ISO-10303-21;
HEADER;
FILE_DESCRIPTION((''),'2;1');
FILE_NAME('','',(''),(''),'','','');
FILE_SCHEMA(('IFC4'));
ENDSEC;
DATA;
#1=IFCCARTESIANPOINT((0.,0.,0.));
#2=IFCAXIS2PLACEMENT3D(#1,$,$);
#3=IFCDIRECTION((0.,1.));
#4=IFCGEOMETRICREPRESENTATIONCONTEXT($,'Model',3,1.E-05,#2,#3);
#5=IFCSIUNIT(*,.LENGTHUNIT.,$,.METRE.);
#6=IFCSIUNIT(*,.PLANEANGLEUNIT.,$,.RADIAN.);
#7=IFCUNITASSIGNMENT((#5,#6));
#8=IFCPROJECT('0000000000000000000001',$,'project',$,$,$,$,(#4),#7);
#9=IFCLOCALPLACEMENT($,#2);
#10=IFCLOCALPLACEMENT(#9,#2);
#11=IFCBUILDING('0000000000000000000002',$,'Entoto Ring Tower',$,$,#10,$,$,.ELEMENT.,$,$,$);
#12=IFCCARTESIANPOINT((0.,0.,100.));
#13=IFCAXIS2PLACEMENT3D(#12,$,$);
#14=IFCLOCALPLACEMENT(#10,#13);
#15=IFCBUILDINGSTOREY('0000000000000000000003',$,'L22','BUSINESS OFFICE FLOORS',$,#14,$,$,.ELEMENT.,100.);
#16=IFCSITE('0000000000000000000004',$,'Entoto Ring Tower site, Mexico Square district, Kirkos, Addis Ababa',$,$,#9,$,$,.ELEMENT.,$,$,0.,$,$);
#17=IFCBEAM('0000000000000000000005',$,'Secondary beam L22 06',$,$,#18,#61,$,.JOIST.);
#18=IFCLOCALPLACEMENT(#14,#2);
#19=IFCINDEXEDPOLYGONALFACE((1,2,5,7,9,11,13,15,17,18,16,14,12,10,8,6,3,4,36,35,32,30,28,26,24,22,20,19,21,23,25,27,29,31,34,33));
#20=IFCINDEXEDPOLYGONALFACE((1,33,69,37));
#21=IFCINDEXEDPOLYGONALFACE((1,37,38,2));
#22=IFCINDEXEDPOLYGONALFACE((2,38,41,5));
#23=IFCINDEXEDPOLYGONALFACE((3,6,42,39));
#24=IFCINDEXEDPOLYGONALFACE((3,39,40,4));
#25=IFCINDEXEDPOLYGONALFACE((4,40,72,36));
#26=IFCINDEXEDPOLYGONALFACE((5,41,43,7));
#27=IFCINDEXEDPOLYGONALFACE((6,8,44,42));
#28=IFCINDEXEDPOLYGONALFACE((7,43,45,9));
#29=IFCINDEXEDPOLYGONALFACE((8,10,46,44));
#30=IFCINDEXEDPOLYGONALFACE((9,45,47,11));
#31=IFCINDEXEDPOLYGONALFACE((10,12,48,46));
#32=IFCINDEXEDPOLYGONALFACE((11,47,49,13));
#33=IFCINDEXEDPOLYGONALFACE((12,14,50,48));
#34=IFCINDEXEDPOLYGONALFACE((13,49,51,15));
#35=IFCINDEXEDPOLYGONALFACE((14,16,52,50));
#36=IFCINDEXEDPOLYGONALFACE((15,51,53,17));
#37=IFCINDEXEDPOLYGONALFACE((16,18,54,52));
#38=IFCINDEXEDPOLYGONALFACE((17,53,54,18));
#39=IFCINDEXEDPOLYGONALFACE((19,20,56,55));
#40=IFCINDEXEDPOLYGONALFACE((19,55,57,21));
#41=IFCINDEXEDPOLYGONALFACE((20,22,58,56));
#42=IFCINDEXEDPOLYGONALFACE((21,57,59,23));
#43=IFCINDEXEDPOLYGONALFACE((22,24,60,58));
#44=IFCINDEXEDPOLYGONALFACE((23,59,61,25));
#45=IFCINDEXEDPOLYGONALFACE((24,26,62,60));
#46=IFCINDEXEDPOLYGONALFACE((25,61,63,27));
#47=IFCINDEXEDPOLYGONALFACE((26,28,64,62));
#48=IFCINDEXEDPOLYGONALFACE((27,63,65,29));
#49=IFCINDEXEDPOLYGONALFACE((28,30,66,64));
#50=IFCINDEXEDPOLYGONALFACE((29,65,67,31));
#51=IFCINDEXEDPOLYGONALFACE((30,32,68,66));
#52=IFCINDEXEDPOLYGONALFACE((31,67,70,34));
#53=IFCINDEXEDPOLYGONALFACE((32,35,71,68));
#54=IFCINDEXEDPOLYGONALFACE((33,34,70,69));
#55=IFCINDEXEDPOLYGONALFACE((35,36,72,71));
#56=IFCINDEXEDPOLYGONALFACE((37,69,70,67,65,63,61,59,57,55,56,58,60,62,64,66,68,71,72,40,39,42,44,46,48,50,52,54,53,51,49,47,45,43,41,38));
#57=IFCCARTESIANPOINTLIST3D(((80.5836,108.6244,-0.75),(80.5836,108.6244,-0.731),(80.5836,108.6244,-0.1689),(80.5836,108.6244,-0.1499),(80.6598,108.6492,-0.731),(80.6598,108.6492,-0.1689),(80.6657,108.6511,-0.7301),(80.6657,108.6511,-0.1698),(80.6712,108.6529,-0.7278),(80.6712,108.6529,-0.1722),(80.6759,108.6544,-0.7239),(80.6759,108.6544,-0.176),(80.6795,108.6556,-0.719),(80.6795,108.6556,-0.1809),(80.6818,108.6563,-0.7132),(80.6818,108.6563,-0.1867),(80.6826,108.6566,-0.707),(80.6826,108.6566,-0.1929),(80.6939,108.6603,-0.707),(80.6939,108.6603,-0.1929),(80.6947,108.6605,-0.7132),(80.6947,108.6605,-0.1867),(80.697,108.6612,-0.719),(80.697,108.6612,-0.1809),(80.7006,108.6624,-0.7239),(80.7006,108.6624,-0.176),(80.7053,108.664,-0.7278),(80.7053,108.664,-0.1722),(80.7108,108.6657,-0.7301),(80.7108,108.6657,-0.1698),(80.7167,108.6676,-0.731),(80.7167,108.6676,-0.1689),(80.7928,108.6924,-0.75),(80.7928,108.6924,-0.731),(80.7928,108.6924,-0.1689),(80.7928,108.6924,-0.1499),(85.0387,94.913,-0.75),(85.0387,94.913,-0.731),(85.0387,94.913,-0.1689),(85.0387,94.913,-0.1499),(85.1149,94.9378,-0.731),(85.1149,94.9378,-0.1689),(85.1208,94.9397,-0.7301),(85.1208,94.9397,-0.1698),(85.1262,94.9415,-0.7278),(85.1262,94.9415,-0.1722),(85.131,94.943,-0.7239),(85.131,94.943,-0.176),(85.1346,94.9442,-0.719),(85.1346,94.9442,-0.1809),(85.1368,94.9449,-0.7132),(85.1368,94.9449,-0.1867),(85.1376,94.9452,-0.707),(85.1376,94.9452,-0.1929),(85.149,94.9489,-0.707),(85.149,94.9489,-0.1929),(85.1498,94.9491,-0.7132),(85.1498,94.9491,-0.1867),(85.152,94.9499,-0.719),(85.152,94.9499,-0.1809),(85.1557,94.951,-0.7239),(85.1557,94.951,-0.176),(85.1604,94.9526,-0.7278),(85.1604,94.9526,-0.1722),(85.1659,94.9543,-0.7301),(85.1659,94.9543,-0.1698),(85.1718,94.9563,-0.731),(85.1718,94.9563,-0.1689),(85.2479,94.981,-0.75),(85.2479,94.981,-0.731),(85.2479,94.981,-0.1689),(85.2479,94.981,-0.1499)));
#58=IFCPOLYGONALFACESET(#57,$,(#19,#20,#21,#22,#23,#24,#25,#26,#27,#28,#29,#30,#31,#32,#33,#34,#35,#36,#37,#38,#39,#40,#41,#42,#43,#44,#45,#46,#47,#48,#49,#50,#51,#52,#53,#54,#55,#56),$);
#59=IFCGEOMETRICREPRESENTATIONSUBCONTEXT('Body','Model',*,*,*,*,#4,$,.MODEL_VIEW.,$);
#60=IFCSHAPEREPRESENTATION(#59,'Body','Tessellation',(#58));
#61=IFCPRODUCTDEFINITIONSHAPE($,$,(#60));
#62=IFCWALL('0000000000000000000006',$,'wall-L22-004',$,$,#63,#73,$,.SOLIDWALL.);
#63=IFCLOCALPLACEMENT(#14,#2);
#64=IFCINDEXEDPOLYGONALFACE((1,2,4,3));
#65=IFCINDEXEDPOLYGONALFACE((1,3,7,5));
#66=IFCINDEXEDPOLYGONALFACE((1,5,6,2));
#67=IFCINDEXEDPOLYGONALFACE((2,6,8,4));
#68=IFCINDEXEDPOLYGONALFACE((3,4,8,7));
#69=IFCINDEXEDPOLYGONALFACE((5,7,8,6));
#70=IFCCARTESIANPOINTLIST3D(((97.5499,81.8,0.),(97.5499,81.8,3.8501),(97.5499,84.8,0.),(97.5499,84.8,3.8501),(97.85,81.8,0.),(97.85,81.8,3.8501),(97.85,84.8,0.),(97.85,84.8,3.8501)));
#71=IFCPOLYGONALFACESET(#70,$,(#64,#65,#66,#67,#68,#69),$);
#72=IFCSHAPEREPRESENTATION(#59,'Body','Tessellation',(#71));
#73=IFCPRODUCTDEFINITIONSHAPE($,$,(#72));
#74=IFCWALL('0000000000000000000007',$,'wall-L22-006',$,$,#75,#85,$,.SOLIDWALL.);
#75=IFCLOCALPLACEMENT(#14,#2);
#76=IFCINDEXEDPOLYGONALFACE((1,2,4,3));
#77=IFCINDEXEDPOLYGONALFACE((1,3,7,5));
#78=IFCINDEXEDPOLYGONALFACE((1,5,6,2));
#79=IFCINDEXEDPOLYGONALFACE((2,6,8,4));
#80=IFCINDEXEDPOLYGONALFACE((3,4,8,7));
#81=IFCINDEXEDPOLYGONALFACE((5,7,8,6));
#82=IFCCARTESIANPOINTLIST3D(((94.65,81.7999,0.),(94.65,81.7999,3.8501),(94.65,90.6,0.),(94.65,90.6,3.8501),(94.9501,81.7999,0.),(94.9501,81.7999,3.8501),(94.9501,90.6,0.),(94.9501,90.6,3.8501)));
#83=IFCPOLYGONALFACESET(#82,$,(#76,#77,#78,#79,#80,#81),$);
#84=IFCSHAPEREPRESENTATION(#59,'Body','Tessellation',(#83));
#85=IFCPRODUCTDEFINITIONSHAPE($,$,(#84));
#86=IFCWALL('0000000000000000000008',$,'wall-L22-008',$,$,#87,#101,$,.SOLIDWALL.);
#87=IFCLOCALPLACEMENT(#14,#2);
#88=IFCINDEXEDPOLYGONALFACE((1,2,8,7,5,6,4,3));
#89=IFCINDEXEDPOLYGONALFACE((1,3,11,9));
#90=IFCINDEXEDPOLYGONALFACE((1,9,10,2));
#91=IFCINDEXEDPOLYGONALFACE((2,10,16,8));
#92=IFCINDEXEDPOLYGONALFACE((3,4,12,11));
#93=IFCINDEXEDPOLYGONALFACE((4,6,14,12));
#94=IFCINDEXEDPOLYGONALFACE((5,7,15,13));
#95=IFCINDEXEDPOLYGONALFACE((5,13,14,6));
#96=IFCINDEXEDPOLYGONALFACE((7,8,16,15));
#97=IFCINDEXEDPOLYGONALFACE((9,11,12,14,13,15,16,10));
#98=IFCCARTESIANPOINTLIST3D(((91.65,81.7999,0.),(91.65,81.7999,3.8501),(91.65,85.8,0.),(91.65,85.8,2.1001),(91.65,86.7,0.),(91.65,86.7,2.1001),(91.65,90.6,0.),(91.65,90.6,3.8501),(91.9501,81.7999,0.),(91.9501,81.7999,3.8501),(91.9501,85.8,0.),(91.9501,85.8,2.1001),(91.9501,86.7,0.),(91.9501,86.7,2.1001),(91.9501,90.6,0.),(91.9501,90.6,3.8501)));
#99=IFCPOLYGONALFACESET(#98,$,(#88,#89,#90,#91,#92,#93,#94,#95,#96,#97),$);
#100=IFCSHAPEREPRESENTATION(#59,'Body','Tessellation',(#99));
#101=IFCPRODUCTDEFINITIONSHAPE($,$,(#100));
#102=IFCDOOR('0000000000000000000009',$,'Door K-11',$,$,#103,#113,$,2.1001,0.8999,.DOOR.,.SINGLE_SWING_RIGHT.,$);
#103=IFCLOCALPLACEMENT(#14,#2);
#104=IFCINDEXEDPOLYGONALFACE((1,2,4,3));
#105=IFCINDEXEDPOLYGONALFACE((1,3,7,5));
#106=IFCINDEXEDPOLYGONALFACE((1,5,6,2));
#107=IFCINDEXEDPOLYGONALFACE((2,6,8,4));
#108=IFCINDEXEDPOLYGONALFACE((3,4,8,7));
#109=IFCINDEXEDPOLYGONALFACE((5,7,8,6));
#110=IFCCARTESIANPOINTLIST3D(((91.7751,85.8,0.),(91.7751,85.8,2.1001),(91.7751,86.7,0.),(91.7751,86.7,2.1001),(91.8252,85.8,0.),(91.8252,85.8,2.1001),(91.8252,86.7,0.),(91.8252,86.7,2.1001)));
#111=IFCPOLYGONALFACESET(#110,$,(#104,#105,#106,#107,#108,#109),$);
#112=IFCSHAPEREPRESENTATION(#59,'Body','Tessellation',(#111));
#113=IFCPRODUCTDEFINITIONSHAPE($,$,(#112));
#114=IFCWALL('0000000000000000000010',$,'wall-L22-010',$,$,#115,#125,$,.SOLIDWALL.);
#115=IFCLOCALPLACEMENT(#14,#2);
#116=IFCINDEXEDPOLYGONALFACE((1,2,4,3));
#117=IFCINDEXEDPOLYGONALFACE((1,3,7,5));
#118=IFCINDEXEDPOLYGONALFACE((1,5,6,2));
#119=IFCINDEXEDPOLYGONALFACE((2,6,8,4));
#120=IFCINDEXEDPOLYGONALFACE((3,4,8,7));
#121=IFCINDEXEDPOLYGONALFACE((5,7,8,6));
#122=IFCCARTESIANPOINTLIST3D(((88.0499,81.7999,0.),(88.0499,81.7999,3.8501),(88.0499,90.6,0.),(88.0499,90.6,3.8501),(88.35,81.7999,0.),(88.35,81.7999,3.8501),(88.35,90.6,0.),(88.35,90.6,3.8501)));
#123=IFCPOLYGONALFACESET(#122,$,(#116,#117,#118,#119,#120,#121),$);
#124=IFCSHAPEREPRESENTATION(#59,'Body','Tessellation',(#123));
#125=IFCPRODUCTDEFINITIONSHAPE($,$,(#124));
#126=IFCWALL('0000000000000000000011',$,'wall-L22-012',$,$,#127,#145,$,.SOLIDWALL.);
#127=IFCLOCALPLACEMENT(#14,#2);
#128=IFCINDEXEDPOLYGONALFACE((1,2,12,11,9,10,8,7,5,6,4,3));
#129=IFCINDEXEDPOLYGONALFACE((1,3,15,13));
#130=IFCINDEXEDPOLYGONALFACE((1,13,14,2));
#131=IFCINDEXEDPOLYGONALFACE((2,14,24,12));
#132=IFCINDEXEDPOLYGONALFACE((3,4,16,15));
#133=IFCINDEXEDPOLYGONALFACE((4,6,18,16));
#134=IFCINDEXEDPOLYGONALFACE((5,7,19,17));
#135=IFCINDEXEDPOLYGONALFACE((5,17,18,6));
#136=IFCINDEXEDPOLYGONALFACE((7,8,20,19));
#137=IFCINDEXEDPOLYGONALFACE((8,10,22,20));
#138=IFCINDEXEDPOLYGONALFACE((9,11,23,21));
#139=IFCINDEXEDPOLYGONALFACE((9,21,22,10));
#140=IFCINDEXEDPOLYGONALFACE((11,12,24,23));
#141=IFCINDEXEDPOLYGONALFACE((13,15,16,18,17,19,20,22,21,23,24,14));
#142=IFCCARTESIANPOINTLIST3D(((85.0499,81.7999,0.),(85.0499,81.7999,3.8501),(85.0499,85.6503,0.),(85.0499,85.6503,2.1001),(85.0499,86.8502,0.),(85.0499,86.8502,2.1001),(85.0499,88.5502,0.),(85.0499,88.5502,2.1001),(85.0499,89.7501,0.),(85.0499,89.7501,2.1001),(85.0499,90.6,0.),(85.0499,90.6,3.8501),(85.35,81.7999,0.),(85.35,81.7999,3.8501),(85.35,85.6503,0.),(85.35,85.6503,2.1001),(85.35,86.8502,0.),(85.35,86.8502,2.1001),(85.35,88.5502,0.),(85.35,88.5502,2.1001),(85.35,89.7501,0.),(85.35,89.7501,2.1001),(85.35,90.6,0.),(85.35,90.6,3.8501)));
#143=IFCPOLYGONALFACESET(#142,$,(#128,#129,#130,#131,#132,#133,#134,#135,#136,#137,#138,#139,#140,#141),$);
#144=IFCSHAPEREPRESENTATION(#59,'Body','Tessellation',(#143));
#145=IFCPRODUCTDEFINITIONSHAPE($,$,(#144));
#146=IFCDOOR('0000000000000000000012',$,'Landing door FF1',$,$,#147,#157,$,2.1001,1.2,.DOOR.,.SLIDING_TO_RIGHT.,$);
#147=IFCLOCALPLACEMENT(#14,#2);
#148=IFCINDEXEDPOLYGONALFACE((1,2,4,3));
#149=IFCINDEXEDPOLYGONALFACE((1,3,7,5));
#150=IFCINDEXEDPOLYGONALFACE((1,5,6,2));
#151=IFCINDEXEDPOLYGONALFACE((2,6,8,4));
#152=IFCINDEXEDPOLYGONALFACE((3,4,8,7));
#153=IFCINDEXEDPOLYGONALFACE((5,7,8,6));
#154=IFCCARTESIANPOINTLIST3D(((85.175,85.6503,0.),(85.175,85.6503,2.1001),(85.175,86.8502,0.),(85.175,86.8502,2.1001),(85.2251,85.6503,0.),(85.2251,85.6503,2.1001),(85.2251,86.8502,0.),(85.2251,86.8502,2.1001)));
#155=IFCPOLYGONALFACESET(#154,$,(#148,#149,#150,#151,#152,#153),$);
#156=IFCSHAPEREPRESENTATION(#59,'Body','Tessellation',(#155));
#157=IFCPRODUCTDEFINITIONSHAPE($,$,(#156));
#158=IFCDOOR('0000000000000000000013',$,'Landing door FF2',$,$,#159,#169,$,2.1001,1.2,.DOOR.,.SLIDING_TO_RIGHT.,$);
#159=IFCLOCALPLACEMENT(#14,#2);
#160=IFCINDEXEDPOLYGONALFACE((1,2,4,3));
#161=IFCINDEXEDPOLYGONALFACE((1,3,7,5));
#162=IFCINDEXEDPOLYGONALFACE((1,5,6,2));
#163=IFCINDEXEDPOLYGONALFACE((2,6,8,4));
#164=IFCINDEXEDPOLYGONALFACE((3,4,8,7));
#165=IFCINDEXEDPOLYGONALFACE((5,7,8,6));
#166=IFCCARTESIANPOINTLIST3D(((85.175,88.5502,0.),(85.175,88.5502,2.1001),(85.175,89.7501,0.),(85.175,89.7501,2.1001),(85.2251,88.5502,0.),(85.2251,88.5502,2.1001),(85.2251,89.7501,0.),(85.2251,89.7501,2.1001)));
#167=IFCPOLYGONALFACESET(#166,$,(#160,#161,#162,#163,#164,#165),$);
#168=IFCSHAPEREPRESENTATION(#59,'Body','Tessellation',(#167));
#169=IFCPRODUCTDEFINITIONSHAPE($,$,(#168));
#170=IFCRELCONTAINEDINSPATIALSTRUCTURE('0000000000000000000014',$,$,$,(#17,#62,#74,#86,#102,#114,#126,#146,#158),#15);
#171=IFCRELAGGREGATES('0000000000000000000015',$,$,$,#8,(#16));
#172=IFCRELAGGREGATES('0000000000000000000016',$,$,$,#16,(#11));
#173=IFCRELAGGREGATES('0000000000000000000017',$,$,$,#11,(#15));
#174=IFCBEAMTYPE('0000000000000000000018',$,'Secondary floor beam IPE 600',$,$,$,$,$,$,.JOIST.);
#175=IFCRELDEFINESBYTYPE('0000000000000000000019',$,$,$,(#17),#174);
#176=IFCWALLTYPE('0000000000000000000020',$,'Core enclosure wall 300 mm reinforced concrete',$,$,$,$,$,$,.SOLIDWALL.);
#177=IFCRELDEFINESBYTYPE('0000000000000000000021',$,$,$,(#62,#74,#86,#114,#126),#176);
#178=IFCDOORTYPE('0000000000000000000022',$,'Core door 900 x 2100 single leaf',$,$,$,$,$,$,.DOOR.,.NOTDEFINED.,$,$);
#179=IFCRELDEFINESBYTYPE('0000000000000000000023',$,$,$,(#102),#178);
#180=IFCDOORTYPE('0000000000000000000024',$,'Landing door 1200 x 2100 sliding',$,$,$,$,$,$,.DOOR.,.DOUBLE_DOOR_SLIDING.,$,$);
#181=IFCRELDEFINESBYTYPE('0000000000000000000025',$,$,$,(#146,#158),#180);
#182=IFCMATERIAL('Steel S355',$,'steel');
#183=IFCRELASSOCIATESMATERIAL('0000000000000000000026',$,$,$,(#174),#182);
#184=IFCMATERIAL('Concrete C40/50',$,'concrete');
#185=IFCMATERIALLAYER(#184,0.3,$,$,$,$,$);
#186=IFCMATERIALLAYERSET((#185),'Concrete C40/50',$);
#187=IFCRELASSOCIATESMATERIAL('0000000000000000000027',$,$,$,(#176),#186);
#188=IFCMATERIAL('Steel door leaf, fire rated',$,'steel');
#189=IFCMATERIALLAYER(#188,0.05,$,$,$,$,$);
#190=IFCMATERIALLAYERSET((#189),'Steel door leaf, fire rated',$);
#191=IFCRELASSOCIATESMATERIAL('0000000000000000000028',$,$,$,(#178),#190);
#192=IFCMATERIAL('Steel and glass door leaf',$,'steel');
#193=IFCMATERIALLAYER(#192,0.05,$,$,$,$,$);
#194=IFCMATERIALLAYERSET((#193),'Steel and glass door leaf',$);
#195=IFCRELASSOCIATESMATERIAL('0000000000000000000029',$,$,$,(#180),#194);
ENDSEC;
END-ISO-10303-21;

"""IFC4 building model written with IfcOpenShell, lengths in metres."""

from ifc_helpers import new_model, si_unit, direction, frame, frame_2d, origin, origin_2d, place, context, subcontext, project, spatial, rectangle, i_section, extrude, material, layer, layer_set, material_profile, profile_set, type_object, element, fill, save


model = new_model("IFC4")

# Units and contexts
model_context = context("Model", 3, precision=1e-05, world=origin(), true_north=direction((0.0, 1.0)))
body_context = subcontext(model_context, "Body", "Model", "MODEL_VIEW")
ifc_project = project(units=[si_unit("LENGTHUNIT", "METRE"), si_unit("PLANEANGLEUNIT", "RADIAN")], contexts=[model_context])

# Site, building, storey
site_placement = place(None, origin())
site = spatial("IfcSite", under=ifc_project, at=site_placement, Name="Entoto Ring Tower site, Mexico Square district, Kirkos, Addis Ababa", CompositionType="ELEMENT", RefElevation=0.0)
building_placement = place(site_placement, origin())
building = spatial("IfcBuilding", under=site, at=building_placement, Name="Entoto Ring Tower", CompositionType="ELEMENT")
storey_placement = place(building_placement, frame((0.0, 0.0, 100.0)))
storey = spatial("IfcBuildingStorey", under=building, at=storey_placement, Name="L22", Description="BUSINESS OFFICE FLOORS", CompositionType="ELEMENT", Elevation=100.0)

# Beam
ifc_material_1 = material(Name="Steel S355", Category="steel")
ifc_material_profile_1 = material_profile(ifc_material_1, i_section(OverallWidth=0.22, OverallDepth=0.6001, WebThickness=0.012, FlangeThickness=0.019, FilletRadius=0.0239, at=origin_2d()), Name="IPE 600")
ifc_profile_set_1 = profile_set([ifc_material_profile_1], Name="Steel S355")
beam_type_1 = type_object("IfcBeamType", Name="Secondary floor beam IPE 600", PredefinedType="JOIST", material=ifc_profile_set_1)
beam_1_placement = place(storey_placement, frame((85.1433, 94.947, -0.45), z_axis=(-0.309015, 0.951057, 0.0), x_axis=(-0.951057, -0.309015, 0.0)))
element("IfcBeam", 1, at=beam_1_placement, inside=storey, type_object=beam_type_1, Name="Secondary beam L22 06", PredefinedType="JOIST", context=body_context, shape_type="SweptSolid", body=[
    extrude(i_section(OverallWidth=0.22, OverallDepth=0.6001, WebThickness=0.012, FlangeThickness=0.019, FilletRadius=0.0239, at=origin_2d()), origin(), (0.0, 0.0, 1.0), 14.417),
])

# Walls
ifc_material_2 = material(Name="Concrete C40/50", Category="concrete")
ifc_layer_1 = layer(ifc_material_2, 0.3)
ifc_layer_set_1 = layer_set([ifc_layer_1], Name="Concrete C40/50")
wall_type_1 = type_object("IfcWallType", Name="Core enclosure wall 300 mm reinforced concrete", PredefinedType="SOLIDWALL", material=ifc_layer_set_1)
wall_1_placement = place(storey_placement, frame((97.7, 81.8, 0.0), z_axis=(0.0, 0.0, 1.0), x_axis=(0.0, 1.0, 0.0)))
element("IfcWall", 2, at=wall_1_placement, inside=storey, type_object=wall_type_1, Name="wall-L22-004", PredefinedType="SOLIDWALL", context=body_context, shape_type="SweptSolid", body=[
    extrude(rectangle(XDim=3.0, YDim=0.3, at=frame_2d((1.5, 0.0))), origin(), (0.0, 0.0, 1.0), 3.8501),
])
wall_2_placement = place(storey_placement, frame((94.8, 81.8, 0.0), z_axis=(0.0, 0.0, 1.0), x_axis=(0.0, 1.0, 0.0)))
element("IfcWall", 3, at=wall_2_placement, inside=storey, type_object=wall_type_1, Name="wall-L22-006", PredefinedType="SOLIDWALL", context=body_context, shape_type="SweptSolid", body=[
    extrude(rectangle(XDim=8.8, YDim=0.3, at=frame_2d((4.3999, 0.0))), origin(), (0.0, 0.0, 1.0), 3.8501),
])

# Wall, opening, door
wall_3_placement = place(storey_placement, frame((91.8, 81.8, 0.0), z_axis=(0.0, 0.0, 1.0), x_axis=(0.0, 1.0, 0.0)))
wall_3 = element("IfcWall", 4, at=wall_3_placement, inside=storey, type_object=wall_type_1, Name="wall-L22-008", PredefinedType="SOLIDWALL", context=body_context, shape_type="SweptSolid", body=[
    extrude(rectangle(XDim=8.8, YDim=0.3, at=frame_2d((4.3999, 0.0))), origin(), (0.0, 0.0, 1.0), 3.8501),
])
opening_1_placement = place(wall_3_placement, frame((4.0, 0.0, 0.0)))
opening_1 = element("IfcOpeningElement", 5, at=opening_1_placement, cuts=wall_3, PredefinedType="OPENING", context=body_context, shape_type="SweptSolid", body=[
    extrude(rectangle(XDim=0.8999, YDim=2.1001, at=frame_2d((0.45, 1.05))), frame((0.0, 0.1602, 0.0), z_axis=(0.0, -1.0, 0.0), x_axis=(1.0, 0.0, 0.0)), (0.0, 0.0, 1.0), 0.3201),
])
ifc_material_3 = material(Name="Steel door leaf, fire rated", Category="steel")
ifc_layer_2 = layer(ifc_material_3, 0.05)
ifc_layer_set_2 = layer_set([ifc_layer_2], Name="Steel door leaf, fire rated")
door_type_1 = type_object("IfcDoorType", Name="Core door 900 x 2100 single leaf", OperationType="NOTDEFINED", PredefinedType="DOOR", material=ifc_layer_set_2)
door_1_placement = place(opening_1_placement, origin())
door_1 = element("IfcDoor", 6, at=door_1_placement, inside=storey, type_object=door_type_1, Name="Door K-11", OperationType="SINGLE_SWING_RIGHT", OverallHeight=2.1001, OverallWidth=0.8999, PredefinedType="DOOR", context=body_context, shape_type="SweptSolid", body=[
    extrude(rectangle(XDim=0.8999, YDim=2.1001, at=frame_2d((0.45, 1.05))), frame((0.0, 0.0249, 0.0), z_axis=(0.0, -1.0, 0.0), x_axis=(1.0, 0.0, 0.0)), (0.0, 0.0, 1.0), 0.05),
])
fill(opening_1, door_1)

# Wall
wall_4_placement = place(storey_placement, frame((88.2, 81.8, 0.0), z_axis=(0.0, 0.0, 1.0), x_axis=(0.0, 1.0, 0.0)))
element("IfcWall", 7, at=wall_4_placement, inside=storey, type_object=wall_type_1, Name="wall-L22-010", PredefinedType="SOLIDWALL", context=body_context, shape_type="SweptSolid", body=[
    extrude(rectangle(XDim=8.8, YDim=0.3, at=frame_2d((4.3999, 0.0))), origin(), (0.0, 0.0, 1.0), 3.8501),
])

# Wall, openings, doors
wall_5_placement = place(storey_placement, frame((85.2, 81.8, 0.0), z_axis=(0.0, 0.0, 1.0), x_axis=(0.0, 1.0, 0.0)))
wall_5 = element("IfcWall", 8, at=wall_5_placement, inside=storey, type_object=wall_type_1, Name="wall-L22-012", PredefinedType="SOLIDWALL", context=body_context, shape_type="SweptSolid", body=[
    extrude(rectangle(XDim=8.8, YDim=0.3, at=frame_2d((4.3999, 0.0))), origin(), (0.0, 0.0, 1.0), 3.8501),
])
opening_2_placement = place(wall_5_placement, frame((3.8501, 0.0, 0.0)))
opening_2 = element("IfcOpeningElement", 9, at=opening_2_placement, cuts=wall_5, PredefinedType="OPENING", context=body_context, shape_type="SweptSolid", body=[
    extrude(rectangle(XDim=1.2, YDim=2.1001, at=frame_2d((0.6001, 1.05))), frame((0.0, 0.1602, 0.0), z_axis=(0.0, -1.0, 0.0), x_axis=(1.0, 0.0, 0.0)), (0.0, 0.0, 1.0), 0.3201),
])
opening_3_placement = place(wall_5_placement, frame((6.75, 0.0, 0.0)))
opening_3 = element("IfcOpeningElement", 10, at=opening_3_placement, cuts=wall_5, PredefinedType="OPENING", context=body_context, shape_type="SweptSolid", body=[
    extrude(rectangle(XDim=1.2, YDim=2.1001, at=frame_2d((0.6001, 1.05))), frame((0.0, 0.1602, 0.0), z_axis=(0.0, -1.0, 0.0), x_axis=(1.0, 0.0, 0.0)), (0.0, 0.0, 1.0), 0.3201),
])
ifc_material_4 = material(Name="Steel and glass door leaf", Category="steel")
ifc_layer_3 = layer(ifc_material_4, 0.05)
ifc_layer_set_3 = layer_set([ifc_layer_3], Name="Steel and glass door leaf")
door_type_2 = type_object("IfcDoorType", Name="Landing door 1200 x 2100 sliding", OperationType="DOUBLE_DOOR_SLIDING", PredefinedType="DOOR", material=ifc_layer_set_3)
door_2_placement = place(opening_2_placement, origin())
door_2 = element("IfcDoor", 11, at=door_2_placement, inside=storey, type_object=door_type_2, Name="Landing door FF1", OperationType="SLIDING_TO_RIGHT", OverallHeight=2.1001, OverallWidth=1.2, PredefinedType="DOOR", context=body_context, shape_type="SweptSolid", body=[
    extrude(rectangle(XDim=1.2, YDim=2.1001, at=frame_2d((0.6001, 1.05))), frame((0.0, 0.0249, 0.0), z_axis=(0.0, -1.0, 0.0), x_axis=(1.0, 0.0, 0.0)), (0.0, 0.0, 1.0), 0.05),
])
fill(opening_2, door_2)
door_3_placement = place(opening_3_placement, origin())
door_3 = element("IfcDoor", 12, at=door_3_placement, inside=storey, type_object=door_type_2, Name="Landing door FF2", OperationType="SLIDING_TO_RIGHT", OverallHeight=2.1001, OverallWidth=1.2, PredefinedType="DOOR", context=body_context, shape_type="SweptSolid", body=[
    extrude(rectangle(XDim=1.2, YDim=2.1001, at=frame_2d((0.6001, 1.05))), frame((0.0, 0.0249, 0.0), z_axis=(0.0, -1.0, 0.0), x_axis=(1.0, 0.0, 0.0)), (0.0, 0.0, 1.0), 0.05),
])
fill(opening_3, door_3)

save(model, "model.ifc")
